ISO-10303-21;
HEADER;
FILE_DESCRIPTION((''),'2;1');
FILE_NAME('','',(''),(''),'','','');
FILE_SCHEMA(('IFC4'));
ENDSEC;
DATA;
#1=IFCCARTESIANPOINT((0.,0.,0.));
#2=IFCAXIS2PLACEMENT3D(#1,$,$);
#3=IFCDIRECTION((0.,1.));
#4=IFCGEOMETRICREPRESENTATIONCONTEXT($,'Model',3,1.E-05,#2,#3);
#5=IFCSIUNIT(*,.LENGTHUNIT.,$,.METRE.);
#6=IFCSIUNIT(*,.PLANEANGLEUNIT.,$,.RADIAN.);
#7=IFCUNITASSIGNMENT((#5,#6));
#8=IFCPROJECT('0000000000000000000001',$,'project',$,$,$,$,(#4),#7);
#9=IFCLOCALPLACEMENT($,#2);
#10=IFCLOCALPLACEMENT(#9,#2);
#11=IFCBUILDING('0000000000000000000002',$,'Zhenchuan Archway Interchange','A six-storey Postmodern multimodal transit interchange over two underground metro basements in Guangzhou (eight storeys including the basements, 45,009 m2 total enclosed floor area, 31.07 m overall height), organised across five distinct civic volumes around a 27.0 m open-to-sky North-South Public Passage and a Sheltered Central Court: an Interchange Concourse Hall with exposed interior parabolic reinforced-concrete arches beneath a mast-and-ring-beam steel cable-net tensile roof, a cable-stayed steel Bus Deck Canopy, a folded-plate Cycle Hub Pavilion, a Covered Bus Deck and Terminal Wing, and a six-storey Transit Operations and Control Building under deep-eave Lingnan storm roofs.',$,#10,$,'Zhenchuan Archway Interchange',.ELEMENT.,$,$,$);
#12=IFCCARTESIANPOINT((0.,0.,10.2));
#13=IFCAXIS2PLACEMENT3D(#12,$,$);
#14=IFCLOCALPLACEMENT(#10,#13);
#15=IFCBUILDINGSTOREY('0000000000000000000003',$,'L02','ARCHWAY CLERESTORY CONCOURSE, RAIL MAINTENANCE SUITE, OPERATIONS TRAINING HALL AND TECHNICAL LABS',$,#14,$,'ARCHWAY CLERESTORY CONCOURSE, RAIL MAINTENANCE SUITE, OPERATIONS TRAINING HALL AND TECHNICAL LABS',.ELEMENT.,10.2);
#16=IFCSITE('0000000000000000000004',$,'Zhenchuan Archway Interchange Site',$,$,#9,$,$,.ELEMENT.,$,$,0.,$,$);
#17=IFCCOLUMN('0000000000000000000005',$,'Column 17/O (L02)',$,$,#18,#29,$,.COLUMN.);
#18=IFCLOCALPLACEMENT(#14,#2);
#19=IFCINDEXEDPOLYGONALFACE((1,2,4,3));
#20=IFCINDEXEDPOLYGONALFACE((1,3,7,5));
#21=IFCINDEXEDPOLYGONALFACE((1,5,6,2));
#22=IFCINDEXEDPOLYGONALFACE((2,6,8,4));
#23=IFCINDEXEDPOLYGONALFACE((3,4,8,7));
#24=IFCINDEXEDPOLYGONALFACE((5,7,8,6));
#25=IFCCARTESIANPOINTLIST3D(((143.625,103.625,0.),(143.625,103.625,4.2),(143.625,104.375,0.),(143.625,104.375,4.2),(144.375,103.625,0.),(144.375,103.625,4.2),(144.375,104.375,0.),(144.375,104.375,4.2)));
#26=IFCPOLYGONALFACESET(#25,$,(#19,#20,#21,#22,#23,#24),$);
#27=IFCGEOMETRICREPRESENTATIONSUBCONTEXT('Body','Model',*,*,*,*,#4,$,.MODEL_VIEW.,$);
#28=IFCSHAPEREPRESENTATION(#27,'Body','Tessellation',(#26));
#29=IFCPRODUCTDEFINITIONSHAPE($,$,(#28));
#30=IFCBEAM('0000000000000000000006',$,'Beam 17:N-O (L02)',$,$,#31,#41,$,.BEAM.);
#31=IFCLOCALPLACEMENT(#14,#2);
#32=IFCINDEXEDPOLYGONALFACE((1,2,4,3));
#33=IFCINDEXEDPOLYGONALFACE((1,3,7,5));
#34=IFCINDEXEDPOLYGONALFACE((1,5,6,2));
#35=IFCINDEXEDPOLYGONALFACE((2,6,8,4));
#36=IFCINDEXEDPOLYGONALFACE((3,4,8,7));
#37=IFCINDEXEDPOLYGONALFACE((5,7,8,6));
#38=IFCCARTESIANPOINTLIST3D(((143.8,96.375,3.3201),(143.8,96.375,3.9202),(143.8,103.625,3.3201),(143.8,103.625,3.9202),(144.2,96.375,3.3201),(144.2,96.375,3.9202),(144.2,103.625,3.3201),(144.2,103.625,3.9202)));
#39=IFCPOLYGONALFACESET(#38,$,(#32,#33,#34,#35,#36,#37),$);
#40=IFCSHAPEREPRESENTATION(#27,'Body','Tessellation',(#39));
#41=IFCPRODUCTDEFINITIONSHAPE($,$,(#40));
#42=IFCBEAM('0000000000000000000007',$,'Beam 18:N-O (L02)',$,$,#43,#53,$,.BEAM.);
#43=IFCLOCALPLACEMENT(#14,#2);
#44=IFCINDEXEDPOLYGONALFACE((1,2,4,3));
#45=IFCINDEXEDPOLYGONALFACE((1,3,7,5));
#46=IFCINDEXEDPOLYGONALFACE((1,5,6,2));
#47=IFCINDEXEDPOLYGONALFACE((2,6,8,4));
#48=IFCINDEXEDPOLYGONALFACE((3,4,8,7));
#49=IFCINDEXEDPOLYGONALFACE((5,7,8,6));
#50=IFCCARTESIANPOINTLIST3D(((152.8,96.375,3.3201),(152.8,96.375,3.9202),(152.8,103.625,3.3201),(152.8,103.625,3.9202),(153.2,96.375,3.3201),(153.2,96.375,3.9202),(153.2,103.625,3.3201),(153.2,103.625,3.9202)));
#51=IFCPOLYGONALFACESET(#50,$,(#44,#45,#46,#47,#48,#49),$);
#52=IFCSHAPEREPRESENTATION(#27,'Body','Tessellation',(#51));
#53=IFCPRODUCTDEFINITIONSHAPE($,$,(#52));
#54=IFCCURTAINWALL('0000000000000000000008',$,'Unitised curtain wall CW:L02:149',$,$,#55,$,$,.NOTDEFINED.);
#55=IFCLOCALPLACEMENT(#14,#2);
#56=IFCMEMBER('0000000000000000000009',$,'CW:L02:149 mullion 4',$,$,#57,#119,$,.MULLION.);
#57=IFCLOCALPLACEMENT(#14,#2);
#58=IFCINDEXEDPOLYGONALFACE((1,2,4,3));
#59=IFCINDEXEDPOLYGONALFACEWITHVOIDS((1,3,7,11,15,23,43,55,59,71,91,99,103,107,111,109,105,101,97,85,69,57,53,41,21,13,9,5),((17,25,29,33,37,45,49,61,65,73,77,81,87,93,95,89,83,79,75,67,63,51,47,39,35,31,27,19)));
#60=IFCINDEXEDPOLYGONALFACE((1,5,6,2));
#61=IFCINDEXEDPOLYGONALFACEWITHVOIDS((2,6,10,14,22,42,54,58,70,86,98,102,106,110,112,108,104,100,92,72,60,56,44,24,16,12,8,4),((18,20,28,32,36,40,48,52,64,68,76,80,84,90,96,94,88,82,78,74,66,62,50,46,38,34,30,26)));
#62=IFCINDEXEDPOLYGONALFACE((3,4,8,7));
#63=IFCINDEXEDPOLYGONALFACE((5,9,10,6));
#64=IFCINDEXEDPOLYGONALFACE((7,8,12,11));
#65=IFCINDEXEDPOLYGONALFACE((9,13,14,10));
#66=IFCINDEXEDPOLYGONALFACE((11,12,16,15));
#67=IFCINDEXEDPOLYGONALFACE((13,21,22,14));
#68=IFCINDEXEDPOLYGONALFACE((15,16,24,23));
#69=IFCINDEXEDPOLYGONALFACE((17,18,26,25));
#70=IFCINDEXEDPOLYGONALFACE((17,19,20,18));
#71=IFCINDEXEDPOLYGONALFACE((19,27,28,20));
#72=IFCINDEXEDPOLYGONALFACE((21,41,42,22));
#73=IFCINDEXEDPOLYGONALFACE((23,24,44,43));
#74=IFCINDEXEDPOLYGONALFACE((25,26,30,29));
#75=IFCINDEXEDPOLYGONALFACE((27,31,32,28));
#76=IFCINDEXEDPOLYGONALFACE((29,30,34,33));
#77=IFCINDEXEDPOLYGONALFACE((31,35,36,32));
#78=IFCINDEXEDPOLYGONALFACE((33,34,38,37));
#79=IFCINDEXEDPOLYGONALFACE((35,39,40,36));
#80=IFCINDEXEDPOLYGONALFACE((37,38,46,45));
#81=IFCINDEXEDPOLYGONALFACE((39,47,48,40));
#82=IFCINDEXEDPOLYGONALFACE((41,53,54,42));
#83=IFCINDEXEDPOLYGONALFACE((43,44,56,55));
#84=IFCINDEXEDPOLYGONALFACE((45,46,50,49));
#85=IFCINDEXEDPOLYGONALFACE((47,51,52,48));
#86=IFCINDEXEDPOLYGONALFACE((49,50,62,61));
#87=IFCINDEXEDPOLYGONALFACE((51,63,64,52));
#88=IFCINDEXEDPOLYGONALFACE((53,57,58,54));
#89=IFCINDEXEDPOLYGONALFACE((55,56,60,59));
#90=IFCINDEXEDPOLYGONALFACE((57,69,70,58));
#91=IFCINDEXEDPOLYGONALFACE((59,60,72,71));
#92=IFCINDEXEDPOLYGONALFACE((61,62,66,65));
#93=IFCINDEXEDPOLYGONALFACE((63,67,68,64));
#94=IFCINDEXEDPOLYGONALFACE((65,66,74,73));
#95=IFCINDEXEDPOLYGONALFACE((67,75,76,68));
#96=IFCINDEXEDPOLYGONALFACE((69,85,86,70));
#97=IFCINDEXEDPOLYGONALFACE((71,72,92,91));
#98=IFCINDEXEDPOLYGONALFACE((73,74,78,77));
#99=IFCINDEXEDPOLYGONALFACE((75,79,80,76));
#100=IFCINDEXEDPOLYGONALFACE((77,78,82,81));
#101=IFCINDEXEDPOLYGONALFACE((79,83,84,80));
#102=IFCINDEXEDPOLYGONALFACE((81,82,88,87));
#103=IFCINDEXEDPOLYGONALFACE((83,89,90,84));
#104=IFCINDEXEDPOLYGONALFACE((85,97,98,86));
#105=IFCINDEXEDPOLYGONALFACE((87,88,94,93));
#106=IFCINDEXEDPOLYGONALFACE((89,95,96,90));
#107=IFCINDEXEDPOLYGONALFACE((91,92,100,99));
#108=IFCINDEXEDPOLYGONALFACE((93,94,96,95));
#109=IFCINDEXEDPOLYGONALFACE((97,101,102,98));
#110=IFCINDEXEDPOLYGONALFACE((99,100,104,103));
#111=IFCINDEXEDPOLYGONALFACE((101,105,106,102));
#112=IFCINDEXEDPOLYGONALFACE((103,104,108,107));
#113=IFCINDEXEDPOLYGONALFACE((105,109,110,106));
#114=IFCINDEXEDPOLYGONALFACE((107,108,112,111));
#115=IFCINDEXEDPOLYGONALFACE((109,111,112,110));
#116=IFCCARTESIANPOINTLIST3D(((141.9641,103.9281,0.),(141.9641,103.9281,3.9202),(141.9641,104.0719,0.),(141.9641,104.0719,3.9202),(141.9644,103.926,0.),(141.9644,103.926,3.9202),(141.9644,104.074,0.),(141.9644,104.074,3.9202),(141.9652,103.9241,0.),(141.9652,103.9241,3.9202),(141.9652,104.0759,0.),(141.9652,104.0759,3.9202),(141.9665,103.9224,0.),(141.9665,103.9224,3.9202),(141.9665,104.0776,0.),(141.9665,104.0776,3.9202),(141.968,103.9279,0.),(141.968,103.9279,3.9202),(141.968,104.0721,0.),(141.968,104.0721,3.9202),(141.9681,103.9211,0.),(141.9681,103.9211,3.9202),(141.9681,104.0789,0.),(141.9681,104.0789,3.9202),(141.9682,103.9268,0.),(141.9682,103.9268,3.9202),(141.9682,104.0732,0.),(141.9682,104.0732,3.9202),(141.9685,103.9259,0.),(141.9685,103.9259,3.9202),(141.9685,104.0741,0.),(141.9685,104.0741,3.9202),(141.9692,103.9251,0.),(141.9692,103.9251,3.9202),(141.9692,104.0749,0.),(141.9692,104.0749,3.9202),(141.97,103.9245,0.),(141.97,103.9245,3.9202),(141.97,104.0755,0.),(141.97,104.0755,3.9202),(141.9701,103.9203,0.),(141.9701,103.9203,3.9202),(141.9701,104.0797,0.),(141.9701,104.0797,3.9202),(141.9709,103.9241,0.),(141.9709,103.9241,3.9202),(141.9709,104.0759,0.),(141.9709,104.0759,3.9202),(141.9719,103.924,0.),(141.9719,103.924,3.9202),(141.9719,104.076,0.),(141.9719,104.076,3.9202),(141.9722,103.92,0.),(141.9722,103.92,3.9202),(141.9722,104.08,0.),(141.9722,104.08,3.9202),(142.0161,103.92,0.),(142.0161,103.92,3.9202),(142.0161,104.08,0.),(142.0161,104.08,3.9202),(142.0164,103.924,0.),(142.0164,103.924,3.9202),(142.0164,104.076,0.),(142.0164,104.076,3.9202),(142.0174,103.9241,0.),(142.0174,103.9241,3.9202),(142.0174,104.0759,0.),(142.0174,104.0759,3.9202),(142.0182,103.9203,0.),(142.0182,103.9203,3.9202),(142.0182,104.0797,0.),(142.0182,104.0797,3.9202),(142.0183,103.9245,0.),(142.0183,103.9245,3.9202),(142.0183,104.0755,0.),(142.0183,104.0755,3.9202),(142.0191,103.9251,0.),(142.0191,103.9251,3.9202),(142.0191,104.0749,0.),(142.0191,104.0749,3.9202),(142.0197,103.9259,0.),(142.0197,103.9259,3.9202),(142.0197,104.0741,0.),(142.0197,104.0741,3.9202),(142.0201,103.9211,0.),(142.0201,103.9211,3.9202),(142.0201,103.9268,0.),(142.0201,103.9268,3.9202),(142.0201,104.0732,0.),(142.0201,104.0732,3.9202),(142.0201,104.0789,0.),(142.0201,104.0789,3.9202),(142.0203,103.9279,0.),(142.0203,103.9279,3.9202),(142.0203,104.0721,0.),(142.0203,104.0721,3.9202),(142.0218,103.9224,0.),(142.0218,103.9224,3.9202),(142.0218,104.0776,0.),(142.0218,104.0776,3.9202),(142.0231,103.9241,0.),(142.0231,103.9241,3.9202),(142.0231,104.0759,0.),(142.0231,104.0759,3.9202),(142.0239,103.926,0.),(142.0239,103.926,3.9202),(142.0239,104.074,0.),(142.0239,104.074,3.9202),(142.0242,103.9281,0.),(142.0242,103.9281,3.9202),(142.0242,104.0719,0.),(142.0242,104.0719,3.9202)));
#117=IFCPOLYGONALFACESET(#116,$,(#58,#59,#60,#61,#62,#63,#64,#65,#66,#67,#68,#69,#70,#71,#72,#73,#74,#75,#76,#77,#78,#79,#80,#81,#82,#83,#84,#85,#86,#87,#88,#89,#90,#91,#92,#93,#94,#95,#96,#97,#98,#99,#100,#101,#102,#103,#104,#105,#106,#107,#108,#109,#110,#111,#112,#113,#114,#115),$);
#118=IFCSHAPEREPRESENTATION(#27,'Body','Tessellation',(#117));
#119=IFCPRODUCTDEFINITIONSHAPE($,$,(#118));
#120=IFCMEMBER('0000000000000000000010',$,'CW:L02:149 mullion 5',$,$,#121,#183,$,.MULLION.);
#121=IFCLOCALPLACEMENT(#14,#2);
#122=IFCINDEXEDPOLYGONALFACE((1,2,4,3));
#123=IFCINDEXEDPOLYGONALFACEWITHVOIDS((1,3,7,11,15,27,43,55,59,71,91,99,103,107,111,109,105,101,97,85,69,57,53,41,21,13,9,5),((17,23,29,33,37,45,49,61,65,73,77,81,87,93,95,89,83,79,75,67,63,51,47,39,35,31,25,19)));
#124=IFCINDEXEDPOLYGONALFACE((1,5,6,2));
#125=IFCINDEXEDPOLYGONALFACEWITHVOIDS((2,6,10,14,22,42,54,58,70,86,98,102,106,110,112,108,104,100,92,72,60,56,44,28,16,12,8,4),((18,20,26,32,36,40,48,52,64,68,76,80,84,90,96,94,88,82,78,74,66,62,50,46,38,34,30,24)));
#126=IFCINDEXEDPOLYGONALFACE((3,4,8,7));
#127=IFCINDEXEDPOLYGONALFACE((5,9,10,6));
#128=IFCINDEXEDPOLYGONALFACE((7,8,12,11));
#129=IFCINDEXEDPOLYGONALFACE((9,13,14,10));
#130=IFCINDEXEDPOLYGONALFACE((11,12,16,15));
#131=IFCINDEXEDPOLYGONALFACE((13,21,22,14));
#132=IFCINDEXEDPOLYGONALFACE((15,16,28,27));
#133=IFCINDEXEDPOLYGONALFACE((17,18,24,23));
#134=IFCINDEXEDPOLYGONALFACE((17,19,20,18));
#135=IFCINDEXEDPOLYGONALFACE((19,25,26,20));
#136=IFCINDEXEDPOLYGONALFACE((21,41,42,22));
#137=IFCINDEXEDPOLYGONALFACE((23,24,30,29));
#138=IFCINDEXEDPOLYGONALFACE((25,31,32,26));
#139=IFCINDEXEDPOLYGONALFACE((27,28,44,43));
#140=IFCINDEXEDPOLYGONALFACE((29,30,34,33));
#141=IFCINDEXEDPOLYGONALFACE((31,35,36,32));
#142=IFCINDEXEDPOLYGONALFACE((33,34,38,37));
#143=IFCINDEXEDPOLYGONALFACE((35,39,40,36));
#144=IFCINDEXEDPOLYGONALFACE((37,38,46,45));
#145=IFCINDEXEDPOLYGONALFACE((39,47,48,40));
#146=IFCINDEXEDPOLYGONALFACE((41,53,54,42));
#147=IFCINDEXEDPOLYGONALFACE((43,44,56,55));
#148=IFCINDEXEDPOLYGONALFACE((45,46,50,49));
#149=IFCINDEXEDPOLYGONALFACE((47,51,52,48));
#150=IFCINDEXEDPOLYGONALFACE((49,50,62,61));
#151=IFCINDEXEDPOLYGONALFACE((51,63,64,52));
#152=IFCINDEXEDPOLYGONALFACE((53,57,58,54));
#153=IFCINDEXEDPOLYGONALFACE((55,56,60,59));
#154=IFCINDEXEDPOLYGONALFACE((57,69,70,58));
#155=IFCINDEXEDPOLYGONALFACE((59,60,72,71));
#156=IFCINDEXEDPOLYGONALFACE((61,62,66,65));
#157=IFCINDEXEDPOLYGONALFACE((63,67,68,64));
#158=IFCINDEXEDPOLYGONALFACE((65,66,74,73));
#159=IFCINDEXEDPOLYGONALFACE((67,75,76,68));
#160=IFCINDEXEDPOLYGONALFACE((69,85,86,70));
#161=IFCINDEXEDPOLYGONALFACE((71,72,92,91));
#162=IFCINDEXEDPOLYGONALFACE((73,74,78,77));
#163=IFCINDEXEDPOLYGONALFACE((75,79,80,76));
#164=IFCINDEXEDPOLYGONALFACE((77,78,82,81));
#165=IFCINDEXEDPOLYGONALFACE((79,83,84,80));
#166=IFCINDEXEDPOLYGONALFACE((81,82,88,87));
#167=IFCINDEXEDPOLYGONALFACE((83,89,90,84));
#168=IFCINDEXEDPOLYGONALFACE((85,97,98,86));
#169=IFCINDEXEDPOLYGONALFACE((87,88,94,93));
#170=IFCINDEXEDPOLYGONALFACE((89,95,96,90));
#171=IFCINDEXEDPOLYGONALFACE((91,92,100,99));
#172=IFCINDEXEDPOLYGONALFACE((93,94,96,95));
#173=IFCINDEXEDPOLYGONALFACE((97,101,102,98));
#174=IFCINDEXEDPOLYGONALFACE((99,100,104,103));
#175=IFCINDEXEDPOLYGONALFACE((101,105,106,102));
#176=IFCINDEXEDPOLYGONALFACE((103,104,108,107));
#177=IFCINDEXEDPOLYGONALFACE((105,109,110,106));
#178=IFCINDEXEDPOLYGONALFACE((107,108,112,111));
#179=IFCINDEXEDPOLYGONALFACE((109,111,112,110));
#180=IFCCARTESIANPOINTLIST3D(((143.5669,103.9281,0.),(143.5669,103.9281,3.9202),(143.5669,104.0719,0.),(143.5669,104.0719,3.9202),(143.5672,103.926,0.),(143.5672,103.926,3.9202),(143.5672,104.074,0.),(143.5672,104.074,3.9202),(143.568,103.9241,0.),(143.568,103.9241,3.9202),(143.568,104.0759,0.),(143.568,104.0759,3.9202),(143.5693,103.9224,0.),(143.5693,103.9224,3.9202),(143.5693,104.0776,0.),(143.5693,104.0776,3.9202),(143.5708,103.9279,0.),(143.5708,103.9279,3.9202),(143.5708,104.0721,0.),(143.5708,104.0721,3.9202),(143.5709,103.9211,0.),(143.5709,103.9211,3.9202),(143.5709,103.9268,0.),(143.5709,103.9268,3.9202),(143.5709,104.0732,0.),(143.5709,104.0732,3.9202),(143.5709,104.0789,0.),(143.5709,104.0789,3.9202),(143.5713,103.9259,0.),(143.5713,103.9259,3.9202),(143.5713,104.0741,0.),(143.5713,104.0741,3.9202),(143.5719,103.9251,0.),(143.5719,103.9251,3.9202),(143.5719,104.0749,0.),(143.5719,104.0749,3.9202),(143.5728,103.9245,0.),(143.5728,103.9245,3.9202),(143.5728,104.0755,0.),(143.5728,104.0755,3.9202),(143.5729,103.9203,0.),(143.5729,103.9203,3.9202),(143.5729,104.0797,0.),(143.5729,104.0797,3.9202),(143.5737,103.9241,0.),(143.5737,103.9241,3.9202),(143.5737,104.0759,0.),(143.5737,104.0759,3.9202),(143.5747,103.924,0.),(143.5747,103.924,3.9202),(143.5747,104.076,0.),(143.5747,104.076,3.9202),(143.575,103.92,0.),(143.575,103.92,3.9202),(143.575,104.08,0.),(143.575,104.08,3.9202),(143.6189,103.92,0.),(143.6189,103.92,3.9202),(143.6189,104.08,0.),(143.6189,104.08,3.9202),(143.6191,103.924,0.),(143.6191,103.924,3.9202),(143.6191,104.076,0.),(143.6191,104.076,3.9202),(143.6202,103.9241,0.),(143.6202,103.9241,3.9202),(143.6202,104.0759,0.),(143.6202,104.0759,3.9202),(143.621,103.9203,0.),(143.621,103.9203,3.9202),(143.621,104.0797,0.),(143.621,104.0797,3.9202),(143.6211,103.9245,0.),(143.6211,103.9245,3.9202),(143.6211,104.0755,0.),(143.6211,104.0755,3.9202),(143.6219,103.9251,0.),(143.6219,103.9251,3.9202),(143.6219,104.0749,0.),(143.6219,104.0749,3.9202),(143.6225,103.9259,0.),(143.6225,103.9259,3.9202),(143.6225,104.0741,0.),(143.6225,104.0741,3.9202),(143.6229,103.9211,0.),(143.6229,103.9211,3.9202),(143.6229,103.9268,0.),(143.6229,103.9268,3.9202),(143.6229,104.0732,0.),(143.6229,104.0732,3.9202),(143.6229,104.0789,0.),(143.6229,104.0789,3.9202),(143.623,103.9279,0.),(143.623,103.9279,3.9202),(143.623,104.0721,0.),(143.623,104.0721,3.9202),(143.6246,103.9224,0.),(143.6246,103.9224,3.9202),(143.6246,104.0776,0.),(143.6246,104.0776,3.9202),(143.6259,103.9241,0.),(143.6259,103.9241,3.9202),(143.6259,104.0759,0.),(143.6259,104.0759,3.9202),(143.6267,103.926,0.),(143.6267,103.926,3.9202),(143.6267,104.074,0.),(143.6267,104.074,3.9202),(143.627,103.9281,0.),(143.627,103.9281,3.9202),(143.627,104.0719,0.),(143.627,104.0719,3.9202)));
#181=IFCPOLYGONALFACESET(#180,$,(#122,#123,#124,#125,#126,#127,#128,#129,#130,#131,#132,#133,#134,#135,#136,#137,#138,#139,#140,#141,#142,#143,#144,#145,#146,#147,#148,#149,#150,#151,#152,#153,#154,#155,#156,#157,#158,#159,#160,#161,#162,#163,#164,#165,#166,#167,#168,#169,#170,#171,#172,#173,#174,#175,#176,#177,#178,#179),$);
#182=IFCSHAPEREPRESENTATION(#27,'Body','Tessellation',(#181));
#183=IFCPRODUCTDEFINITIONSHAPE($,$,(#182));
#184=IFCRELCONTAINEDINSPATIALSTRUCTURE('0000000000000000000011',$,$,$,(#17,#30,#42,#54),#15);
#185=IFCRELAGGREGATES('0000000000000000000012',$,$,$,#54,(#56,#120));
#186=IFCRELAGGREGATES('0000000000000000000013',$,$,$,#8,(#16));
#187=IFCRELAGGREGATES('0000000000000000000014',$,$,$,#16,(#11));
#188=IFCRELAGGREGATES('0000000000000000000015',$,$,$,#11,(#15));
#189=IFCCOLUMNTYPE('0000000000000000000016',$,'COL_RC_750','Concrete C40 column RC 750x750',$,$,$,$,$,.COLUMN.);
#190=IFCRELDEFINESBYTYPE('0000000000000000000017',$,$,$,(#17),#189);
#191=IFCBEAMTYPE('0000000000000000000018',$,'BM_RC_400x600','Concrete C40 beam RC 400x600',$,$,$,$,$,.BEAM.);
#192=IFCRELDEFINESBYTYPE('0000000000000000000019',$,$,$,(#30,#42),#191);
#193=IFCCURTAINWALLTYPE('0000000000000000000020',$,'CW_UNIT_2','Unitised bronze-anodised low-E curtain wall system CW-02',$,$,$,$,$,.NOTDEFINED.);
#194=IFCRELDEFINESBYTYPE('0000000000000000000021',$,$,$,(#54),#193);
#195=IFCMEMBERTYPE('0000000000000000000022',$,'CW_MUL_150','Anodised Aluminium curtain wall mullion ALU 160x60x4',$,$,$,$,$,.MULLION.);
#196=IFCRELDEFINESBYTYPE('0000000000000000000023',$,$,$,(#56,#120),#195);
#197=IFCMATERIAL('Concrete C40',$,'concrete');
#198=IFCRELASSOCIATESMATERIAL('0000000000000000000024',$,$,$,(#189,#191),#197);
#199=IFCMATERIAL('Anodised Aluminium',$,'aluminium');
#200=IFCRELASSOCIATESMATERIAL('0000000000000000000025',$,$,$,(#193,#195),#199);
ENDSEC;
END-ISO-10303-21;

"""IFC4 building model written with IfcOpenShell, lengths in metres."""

from ifc_helpers import new_model, si_unit, direction, frame, origin, origin_2d, place, context, subcontext, project, spatial, rectangle, hollow_rectangle, extrude, material, material_profile, profile_set, type_object, element, aggregate, save


model = new_model("IFC4")

# Units and contexts
model_context = context("Model", 3, precision=1e-05, world=origin(), true_north=direction((0.0, 1.0)))
body_context = subcontext(model_context, "Body", "Model", "MODEL_VIEW")
ifc_project = project(units=[si_unit("LENGTHUNIT", "METRE"), si_unit("PLANEANGLEUNIT", "RADIAN")], contexts=[model_context])

# Site, building, storey
site_placement = place(None, origin())
site = spatial("IfcSite", under=ifc_project, at=site_placement, Name="Zhenchuan Archway Interchange Site", CompositionType="ELEMENT", RefElevation=0.0)
building_placement = place(site_placement, origin())
building = spatial("IfcBuilding", under=site, at=building_placement, Name="Zhenchuan Archway Interchange", Description="A six-storey Postmodern multimodal transit interchange over two underground metro basements in Guangzhou (eight storeys including the basements, 45,009 m2 total enclosed floor area, 31.07 m overall height), organised across five distinct civic volumes around a 27.0 m open-to-sky North-South Public Passage and a Sheltered Central Court: an Interchange Concourse Hall with exposed interior parabolic reinforced-concrete arches beneath a mast-and-ring-beam steel cable-net tensile roof, a cable-stayed steel Bus Deck Canopy, a folded-plate Cycle Hub Pavilion, a Covered Bus Deck and Terminal Wing, and a six-storey Transit Operations and Control Building under deep-eave Lingnan storm roofs.", LongName="Zhenchuan Archway Interchange", CompositionType="ELEMENT")
storey_placement = place(building_placement, frame((0.0, 0.0, 10.2)))
storey = spatial("IfcBuildingStorey", under=building, at=storey_placement, Name="L02", Description="ARCHWAY CLERESTORY CONCOURSE, RAIL MAINTENANCE SUITE, OPERATIONS TRAINING HALL AND TECHNICAL LABS", LongName="ARCHWAY CLERESTORY CONCOURSE, RAIL MAINTENANCE SUITE, OPERATIONS TRAINING HALL AND TECHNICAL LABS", CompositionType="ELEMENT", Elevation=10.2)

# Column
ifc_material_1 = material(Name="Concrete C40", Category="concrete")
ifc_material_profile_1 = material_profile(ifc_material_1, rectangle(XDim=0.75, YDim=0.75, at=origin_2d()), Name="RC 750x750")
ifc_profile_set_1 = profile_set([ifc_material_profile_1], Name="Concrete C40")
column_type = type_object("IfcColumnType", Name="COL_RC_750", Description="Concrete C40 column RC 750x750", PredefinedType="COLUMN", material=ifc_profile_set_1)
column_placement = place(storey_placement, frame((144.0, 104.0, 0.0), z_axis=(0.0, 0.0, 1.0), x_axis=(1.0, 0.0, 0.0)))
element("IfcColumn", 1, at=column_placement, inside=storey, type_object=column_type, Name="Column 17/O (L02)", PredefinedType="COLUMN", context=body_context, shape_type="SweptSolid", body=[
    extrude(rectangle(XDim=0.75, YDim=0.75, at=origin_2d()), origin(), (0.0, 0.0, 1.0), 4.2),
])

# Beams
ifc_material_profile_2 = material_profile(ifc_material_1, rectangle(XDim=0.3999, YDim=0.6001, at=origin_2d()), Name="RC 400x600")
ifc_profile_set_2 = profile_set([ifc_material_profile_2], Name="Concrete C40")
beam_type_1 = type_object("IfcBeamType", Name="BM_RC_400x600", Description="Concrete C40 beam RC 400x600", PredefinedType="BEAM", material=ifc_profile_set_2)
for number, where, z_axis, x_axis, name in (
    (2, (144.0, 96.375, 3.6201), (0.0, 1.0, 0.0), (-1.0, 0.0, 0.0), "Beam 17:N-O (L02)"),
    (3, (153.0, 96.375, 3.6201), (0.0, 1.0, 0.0), (-1.0, 0.0, 0.0), "Beam 18:N-O (L02)"),
):
    element("IfcBeam", number, at=place(storey_placement, frame(where, z_axis=z_axis, x_axis=x_axis)), inside=storey, type_object=beam_type_1, Name=name, PredefinedType="BEAM", context=body_context, shape_type="SweptSolid", body=[
        extrude(rectangle(XDim=0.3999, YDim=0.6001, at=origin_2d()), origin(), (0.0, 0.0, 1.0), 7.25),
    ])

# Curtain wall, members
ifc_material_2 = material(Name="Anodised Aluminium", Category="aluminium")
curtain_wall_type = type_object("IfcCurtainWallType", Name="CW_UNIT_2", Description="Unitised bronze-anodised low-E curtain wall system CW-02", PredefinedType="NOTDEFINED", material=ifc_material_2)
curtain_wall_placement = place(storey_placement, origin())
curtain_wall = element("IfcCurtainWall", 4, at=curtain_wall_placement, inside=storey, type_object=curtain_wall_type, Name="Unitised curtain wall CW:L02:149", PredefinedType="NOTDEFINED")
ifc_material_profile_3 = material_profile(ifc_material_2, hollow_rectangle(XDim=0.0601, YDim=0.1599, WallThickness=0.0039, InnerFilletRadius=0.0039, OuterFilletRadius=0.0081, at=origin_2d()), Name="ALU 160x60x4")
ifc_profile_set_3 = profile_set([ifc_material_profile_3], Name="Anodised Aluminium")
member_type_1 = type_object("IfcMemberType", Name="CW_MUL_150", Description="Anodised Aluminium curtain wall mullion ALU 160x60x4", PredefinedType="MULLION", material=ifc_profile_set_3)
member_1_placement = place(storey_placement, frame((141.9941, 104.0, 0.0), z_axis=(0.0, 0.0, 1.0), x_axis=(1.0, 0.0, 0.0)))
member_1 = element("IfcMember", 5, at=member_1_placement, type_object=member_type_1, Name="CW:L02:149 mullion 4", PredefinedType="MULLION", context=body_context, shape_type="SweptSolid", body=[
    extrude(hollow_rectangle(XDim=0.0601, YDim=0.1599, WallThickness=0.0039, InnerFilletRadius=0.0039, OuterFilletRadius=0.0081, at=origin_2d()), origin(), (0.0, 0.0, 1.0), 3.9202),
])
member_2_placement = place(storey_placement, frame((143.5969, 104.0, 0.0), z_axis=(0.0, 0.0, 1.0), x_axis=(1.0, 0.0, 0.0)))
member_2 = element("IfcMember", 6, at=member_2_placement, type_object=member_type_1, Name="CW:L02:149 mullion 5", PredefinedType="MULLION", context=body_context, shape_type="SweptSolid", body=[
    extrude(hollow_rectangle(XDim=0.0601, YDim=0.1599, WallThickness=0.0039, InnerFilletRadius=0.0039, OuterFilletRadius=0.0081, at=origin_2d()), origin(), (0.0, 0.0, 1.0), 3.9202),
])

aggregate(curtain_wall, [member_1, member_2])

save(model, "model.ifc")
